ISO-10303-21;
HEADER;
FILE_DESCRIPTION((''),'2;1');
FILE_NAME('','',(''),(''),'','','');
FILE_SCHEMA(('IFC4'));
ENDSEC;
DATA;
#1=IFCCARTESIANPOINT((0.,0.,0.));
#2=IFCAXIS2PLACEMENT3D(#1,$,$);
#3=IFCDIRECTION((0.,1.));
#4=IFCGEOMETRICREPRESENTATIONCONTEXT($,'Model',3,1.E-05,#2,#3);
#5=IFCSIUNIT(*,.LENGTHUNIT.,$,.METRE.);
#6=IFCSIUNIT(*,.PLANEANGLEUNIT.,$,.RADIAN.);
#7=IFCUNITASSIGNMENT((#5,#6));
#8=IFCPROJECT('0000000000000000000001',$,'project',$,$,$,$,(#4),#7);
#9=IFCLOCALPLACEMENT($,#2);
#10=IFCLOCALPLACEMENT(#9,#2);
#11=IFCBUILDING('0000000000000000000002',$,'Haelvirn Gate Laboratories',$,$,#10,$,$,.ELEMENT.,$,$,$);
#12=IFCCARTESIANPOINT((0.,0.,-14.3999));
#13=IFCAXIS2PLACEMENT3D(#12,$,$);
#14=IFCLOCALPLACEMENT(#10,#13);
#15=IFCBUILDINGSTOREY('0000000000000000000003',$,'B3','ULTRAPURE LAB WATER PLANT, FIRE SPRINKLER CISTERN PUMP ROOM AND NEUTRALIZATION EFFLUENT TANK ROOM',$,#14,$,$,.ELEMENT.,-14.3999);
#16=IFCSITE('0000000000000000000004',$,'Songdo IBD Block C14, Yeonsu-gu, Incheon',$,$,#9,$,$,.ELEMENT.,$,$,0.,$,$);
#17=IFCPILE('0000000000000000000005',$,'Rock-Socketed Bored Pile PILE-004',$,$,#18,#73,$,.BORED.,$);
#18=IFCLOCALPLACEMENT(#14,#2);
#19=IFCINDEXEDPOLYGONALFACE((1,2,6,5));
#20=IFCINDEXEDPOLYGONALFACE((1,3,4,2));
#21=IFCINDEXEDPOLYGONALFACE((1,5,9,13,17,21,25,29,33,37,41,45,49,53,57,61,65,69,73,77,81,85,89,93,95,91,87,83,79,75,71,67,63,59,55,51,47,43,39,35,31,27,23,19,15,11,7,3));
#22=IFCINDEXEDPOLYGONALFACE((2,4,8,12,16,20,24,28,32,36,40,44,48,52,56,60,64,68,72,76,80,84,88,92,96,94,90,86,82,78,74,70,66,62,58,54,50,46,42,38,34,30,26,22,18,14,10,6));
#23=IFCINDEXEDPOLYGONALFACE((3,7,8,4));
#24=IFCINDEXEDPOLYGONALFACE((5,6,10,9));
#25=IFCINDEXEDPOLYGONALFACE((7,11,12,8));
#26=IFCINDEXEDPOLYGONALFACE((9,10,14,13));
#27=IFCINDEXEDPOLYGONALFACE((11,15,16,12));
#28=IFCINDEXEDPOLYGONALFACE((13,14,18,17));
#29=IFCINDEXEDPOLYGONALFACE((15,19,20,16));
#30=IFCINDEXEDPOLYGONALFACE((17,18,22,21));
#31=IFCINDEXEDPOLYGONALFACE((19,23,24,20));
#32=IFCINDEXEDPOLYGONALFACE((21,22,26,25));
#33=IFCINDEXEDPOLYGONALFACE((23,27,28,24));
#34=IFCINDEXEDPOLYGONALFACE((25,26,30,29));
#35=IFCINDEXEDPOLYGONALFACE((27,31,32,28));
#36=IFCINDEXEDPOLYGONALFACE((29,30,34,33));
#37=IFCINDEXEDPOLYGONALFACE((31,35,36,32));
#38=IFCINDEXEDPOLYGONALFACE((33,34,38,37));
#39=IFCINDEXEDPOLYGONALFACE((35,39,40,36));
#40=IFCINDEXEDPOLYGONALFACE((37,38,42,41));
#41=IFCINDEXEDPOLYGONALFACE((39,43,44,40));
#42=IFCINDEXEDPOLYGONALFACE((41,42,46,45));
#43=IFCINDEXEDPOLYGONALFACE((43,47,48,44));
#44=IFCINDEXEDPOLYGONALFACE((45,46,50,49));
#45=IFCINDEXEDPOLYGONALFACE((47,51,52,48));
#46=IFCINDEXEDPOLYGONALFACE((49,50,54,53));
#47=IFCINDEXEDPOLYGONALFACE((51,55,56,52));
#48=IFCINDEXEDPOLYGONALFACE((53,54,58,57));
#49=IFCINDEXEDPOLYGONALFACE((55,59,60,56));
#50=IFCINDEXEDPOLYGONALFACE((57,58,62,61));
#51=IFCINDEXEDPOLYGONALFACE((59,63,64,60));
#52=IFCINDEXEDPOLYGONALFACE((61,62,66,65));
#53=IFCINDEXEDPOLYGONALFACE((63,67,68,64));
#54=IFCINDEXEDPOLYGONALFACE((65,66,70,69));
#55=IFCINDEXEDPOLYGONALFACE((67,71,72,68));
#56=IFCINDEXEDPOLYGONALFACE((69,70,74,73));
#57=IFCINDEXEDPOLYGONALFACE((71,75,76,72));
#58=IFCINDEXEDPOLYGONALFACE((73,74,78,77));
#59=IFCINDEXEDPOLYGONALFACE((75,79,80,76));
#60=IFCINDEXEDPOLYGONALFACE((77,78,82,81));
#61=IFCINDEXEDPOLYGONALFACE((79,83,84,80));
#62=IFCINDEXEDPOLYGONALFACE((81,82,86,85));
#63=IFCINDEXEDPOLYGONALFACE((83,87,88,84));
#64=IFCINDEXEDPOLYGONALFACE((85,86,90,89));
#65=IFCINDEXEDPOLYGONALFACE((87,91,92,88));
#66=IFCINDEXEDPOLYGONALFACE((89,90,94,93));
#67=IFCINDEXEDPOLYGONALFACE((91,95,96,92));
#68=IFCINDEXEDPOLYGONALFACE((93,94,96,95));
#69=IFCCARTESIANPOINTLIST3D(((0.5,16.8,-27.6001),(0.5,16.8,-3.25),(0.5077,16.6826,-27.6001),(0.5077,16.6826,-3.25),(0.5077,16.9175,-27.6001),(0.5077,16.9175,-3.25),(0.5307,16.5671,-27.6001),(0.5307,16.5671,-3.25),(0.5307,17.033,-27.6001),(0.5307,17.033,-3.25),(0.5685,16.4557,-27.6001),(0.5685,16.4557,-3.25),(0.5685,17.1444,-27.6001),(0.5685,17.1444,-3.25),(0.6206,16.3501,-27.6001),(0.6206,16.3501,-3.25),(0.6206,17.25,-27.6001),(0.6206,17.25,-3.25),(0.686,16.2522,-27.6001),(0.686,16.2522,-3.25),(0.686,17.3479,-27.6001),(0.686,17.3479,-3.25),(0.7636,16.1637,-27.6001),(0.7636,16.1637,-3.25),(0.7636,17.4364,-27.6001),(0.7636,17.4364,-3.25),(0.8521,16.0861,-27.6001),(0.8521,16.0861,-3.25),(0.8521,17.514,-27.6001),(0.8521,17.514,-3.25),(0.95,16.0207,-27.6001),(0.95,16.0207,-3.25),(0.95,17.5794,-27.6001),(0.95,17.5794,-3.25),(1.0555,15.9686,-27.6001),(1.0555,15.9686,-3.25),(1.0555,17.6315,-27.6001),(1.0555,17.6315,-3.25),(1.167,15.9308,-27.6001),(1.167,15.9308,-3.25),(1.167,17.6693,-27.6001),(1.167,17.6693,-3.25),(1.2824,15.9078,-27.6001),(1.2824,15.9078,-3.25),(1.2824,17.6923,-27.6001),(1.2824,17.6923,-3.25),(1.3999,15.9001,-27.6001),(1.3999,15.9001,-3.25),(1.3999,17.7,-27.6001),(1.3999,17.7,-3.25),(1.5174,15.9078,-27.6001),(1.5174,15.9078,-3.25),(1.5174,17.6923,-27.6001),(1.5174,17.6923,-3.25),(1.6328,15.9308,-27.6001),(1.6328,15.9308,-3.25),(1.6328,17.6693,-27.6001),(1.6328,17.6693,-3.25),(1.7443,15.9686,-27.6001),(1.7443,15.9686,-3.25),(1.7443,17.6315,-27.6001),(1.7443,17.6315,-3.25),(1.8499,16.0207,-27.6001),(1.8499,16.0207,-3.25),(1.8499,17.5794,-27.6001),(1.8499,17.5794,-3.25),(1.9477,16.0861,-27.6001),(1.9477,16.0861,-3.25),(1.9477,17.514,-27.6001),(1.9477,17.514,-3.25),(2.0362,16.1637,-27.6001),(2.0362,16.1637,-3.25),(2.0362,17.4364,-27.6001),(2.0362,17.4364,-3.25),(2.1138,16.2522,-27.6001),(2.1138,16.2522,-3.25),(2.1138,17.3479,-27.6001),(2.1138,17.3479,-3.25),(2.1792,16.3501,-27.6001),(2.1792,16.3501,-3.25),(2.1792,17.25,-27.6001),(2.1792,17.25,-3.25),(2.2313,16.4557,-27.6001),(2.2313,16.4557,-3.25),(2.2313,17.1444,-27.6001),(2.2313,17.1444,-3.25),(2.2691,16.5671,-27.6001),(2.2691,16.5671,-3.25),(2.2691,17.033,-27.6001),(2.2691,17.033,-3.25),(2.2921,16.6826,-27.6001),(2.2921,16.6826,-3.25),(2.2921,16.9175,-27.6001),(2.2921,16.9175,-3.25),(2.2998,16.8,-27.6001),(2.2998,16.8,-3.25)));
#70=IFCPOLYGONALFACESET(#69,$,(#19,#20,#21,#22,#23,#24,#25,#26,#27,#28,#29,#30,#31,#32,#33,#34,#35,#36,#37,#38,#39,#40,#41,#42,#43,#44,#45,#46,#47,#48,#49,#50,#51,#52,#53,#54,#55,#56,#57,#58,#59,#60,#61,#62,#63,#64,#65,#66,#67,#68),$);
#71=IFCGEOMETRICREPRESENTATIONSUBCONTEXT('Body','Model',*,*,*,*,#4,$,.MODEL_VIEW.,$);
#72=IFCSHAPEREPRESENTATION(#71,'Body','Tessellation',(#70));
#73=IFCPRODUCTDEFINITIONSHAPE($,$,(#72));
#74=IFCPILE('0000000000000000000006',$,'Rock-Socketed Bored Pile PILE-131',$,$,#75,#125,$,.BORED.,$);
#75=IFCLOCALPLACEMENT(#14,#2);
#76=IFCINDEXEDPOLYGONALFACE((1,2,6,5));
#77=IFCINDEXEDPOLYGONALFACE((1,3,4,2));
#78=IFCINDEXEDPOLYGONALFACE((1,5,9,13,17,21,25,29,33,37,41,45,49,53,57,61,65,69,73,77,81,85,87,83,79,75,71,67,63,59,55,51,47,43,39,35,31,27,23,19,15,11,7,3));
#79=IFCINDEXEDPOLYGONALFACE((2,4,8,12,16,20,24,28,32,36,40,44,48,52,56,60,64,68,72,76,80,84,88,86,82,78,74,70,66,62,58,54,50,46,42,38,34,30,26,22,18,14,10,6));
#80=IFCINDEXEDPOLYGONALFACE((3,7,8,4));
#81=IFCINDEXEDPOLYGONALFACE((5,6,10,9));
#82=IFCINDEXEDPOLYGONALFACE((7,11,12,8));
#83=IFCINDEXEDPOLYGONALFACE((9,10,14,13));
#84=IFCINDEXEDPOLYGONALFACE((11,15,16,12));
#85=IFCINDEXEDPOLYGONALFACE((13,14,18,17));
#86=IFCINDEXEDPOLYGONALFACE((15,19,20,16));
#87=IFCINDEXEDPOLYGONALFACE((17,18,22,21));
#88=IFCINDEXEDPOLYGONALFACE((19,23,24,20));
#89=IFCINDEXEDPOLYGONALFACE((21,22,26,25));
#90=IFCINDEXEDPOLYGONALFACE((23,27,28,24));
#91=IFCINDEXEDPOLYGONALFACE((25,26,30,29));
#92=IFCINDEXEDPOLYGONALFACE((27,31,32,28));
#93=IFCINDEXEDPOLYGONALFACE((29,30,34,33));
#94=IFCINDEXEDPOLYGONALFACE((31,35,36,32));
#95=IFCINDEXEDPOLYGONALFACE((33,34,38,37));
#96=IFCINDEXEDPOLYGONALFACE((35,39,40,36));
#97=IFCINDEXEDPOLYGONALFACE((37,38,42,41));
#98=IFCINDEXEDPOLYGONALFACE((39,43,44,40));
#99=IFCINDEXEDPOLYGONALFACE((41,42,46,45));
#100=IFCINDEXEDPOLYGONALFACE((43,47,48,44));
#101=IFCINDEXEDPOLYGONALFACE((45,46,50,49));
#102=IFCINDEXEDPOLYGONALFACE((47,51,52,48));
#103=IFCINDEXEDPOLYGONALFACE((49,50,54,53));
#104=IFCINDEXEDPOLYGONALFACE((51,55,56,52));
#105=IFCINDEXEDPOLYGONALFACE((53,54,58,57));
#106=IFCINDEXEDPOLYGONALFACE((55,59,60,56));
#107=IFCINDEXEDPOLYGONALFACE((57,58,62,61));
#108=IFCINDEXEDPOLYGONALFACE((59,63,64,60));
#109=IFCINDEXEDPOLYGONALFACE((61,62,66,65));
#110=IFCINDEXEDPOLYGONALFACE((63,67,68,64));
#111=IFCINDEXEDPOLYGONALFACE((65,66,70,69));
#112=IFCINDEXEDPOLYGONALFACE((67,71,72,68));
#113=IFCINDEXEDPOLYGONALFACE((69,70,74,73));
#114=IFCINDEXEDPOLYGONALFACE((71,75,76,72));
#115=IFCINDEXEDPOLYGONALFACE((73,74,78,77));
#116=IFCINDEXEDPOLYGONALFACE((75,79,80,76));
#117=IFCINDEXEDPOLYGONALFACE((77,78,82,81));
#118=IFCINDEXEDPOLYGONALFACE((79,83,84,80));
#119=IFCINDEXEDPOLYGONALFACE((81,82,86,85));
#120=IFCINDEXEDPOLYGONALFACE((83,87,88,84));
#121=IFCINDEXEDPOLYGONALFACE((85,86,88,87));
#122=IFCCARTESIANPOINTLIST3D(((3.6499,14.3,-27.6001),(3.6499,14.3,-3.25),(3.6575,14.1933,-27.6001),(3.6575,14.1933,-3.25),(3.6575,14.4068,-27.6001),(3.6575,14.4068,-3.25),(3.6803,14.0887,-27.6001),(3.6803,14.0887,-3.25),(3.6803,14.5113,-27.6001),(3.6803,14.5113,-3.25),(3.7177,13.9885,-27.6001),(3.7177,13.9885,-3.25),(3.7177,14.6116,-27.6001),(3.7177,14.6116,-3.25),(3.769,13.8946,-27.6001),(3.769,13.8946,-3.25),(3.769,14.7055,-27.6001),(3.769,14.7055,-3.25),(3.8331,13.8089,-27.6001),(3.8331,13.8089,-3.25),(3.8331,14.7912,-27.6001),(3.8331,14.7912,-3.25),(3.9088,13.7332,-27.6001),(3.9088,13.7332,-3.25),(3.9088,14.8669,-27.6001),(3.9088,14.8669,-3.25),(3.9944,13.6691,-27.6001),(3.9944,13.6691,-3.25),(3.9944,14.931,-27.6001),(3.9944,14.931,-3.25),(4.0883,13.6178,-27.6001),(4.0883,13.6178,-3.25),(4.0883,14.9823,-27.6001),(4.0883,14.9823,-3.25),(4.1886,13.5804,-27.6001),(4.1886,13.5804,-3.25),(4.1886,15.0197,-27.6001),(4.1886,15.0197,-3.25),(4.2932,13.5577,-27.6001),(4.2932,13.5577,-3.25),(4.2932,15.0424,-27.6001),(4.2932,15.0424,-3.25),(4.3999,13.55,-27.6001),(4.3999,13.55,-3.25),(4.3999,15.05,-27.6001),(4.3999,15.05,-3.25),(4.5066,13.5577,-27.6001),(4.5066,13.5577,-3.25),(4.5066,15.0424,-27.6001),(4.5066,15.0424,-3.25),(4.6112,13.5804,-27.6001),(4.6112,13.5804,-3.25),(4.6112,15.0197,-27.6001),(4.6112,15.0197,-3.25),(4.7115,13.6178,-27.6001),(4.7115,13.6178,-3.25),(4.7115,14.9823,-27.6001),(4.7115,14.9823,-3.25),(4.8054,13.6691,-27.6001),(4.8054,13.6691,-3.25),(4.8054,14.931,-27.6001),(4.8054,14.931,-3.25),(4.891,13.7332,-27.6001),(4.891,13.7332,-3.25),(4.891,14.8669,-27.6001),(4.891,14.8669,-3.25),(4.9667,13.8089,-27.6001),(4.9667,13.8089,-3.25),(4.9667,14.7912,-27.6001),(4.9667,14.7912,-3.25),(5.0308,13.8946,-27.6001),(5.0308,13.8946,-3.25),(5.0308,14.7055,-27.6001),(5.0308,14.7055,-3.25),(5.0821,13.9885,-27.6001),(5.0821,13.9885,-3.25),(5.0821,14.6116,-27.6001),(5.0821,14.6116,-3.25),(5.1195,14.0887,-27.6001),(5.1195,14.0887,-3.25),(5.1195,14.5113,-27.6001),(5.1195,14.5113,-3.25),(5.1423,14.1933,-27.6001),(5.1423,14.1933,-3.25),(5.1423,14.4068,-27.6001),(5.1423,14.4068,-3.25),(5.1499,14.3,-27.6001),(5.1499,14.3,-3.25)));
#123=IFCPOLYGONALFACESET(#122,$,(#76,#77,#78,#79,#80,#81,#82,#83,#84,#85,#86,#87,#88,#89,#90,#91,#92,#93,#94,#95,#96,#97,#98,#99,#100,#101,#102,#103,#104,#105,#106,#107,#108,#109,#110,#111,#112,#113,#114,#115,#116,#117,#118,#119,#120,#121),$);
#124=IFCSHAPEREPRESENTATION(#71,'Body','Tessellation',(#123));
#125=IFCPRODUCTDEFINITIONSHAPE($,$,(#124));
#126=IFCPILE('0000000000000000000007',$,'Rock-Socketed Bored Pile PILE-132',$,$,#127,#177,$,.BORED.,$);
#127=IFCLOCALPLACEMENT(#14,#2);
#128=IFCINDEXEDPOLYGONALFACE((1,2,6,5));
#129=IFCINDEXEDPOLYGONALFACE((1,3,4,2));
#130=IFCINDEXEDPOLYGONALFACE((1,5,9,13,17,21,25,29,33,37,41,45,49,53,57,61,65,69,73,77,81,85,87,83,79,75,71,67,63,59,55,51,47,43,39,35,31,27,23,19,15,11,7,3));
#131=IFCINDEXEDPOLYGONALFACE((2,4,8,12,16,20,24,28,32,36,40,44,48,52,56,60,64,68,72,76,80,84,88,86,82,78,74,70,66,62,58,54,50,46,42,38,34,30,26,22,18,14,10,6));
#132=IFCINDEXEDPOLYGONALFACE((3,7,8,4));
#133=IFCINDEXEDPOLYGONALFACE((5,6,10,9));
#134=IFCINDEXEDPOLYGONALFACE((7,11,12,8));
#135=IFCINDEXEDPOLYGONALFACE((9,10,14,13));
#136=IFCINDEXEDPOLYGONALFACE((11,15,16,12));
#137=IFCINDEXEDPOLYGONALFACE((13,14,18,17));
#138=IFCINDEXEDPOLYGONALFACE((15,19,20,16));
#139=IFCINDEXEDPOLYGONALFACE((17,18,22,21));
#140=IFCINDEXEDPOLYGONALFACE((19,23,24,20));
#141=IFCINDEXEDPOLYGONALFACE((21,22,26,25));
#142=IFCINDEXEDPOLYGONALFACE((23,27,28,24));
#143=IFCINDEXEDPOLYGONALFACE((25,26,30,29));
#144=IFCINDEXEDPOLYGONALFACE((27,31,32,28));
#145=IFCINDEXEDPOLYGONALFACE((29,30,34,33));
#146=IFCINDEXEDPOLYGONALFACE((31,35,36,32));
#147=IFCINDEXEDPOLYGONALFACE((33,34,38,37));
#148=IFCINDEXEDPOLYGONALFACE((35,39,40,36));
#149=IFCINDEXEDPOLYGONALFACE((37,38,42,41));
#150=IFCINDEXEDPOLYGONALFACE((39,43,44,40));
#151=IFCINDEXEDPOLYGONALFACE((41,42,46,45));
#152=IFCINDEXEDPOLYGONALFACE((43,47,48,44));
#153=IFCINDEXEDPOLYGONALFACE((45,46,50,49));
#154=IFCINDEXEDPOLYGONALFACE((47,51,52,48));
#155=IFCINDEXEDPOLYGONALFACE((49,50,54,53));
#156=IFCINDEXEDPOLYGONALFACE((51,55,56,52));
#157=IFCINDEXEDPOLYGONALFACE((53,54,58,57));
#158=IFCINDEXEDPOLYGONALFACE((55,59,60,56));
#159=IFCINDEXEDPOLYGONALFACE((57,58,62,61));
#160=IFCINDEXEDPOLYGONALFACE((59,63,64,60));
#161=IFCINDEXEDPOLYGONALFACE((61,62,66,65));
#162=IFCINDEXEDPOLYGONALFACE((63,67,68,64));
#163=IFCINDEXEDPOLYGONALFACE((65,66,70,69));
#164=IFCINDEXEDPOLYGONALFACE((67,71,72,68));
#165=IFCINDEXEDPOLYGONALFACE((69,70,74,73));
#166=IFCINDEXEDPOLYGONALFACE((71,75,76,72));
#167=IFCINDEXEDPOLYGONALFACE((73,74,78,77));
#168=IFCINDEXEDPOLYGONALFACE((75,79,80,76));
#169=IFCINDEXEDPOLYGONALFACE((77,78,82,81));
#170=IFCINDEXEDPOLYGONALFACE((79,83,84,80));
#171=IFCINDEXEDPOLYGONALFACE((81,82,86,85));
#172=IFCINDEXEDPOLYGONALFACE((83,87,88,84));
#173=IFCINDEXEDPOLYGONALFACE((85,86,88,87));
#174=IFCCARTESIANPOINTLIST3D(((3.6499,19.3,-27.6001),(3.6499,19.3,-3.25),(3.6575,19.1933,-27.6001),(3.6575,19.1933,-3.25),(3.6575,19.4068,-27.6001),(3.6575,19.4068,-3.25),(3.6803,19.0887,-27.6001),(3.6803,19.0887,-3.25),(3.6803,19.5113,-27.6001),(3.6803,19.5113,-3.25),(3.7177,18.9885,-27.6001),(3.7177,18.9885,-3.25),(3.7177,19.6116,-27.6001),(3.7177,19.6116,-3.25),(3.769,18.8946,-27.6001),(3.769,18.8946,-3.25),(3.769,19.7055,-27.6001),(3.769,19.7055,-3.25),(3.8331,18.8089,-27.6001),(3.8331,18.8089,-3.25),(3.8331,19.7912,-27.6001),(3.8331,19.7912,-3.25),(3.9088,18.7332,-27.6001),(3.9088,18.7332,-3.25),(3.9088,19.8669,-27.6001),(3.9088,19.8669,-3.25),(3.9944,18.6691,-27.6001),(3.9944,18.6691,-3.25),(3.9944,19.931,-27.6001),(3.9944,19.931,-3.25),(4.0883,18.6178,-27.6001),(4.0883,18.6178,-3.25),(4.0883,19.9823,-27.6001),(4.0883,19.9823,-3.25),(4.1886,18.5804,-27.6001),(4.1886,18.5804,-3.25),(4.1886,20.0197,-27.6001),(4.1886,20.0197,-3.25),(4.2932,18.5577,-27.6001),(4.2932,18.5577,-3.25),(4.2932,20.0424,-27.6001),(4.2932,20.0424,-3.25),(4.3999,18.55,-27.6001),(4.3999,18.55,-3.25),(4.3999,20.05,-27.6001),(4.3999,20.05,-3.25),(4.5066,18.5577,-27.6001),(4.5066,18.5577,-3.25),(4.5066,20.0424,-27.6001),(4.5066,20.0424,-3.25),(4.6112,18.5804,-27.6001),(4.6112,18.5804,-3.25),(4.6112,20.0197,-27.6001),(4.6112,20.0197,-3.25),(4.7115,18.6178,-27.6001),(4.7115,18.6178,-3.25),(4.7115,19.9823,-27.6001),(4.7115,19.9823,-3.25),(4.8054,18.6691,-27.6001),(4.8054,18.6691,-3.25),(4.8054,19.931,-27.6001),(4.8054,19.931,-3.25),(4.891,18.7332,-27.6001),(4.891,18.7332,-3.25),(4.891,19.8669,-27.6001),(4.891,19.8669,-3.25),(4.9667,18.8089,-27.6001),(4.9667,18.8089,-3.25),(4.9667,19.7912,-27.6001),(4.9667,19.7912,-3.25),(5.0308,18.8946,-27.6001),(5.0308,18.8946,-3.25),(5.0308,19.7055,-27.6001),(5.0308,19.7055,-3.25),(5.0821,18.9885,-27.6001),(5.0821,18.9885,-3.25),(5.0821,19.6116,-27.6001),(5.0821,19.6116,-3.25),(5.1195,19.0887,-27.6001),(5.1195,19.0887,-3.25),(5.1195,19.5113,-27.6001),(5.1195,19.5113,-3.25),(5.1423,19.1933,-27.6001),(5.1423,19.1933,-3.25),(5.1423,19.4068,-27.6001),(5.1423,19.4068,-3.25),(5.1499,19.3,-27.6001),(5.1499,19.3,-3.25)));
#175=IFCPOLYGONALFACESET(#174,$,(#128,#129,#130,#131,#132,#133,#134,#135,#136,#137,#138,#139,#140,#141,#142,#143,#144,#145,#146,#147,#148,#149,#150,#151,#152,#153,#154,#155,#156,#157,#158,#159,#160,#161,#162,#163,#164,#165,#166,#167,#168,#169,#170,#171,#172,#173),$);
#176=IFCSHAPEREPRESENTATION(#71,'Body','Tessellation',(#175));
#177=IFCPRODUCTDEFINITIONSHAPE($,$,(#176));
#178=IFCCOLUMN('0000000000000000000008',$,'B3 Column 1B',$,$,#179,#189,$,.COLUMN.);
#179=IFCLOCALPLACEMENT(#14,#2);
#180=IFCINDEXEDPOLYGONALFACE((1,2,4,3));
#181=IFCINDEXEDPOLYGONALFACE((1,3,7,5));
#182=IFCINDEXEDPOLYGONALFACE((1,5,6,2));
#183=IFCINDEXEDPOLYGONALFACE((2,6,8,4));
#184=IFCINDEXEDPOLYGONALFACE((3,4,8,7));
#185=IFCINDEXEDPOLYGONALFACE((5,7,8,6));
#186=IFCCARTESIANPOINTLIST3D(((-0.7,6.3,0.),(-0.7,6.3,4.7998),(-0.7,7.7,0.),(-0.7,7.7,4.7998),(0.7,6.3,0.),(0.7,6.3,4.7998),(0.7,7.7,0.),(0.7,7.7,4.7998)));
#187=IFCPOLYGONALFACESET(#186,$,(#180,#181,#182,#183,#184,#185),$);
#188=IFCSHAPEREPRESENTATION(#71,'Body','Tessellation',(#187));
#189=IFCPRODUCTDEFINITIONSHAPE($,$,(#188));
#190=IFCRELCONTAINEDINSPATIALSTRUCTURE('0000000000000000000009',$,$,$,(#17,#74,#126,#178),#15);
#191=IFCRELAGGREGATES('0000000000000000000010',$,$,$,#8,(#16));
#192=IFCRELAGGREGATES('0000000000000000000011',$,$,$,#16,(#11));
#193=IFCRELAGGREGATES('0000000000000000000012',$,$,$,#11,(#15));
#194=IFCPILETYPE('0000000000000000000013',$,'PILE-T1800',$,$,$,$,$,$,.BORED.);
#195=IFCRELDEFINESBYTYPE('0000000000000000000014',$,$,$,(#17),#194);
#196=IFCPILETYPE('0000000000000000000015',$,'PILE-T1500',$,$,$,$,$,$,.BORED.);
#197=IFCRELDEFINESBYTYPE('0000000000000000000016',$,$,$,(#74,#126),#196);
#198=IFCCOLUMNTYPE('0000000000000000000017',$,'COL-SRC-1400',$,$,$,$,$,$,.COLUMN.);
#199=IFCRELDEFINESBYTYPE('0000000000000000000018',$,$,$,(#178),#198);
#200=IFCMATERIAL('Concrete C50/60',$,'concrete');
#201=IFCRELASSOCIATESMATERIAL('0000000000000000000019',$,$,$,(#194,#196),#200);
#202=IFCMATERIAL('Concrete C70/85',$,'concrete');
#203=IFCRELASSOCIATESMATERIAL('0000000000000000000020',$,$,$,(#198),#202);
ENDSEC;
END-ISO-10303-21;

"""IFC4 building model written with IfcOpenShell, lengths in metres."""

from ifc_helpers import new_model, si_unit, direction, frame, origin, origin_2d, place, context, subcontext, project, spatial, rectangle, circle, extrude, source, transform, mapped, material, material_profile, profile_set, type_object, type_shapes, element, save


model = new_model("IFC4")

# Units and contexts
model_context = context("Model", 3, precision=1e-05, world=origin(), true_north=direction((0.0, 1.0)))
body_context = subcontext(model_context, "Body", "Model", "MODEL_VIEW")
ifc_project = project(units=[si_unit("LENGTHUNIT", "METRE"), si_unit("PLANEANGLEUNIT", "RADIAN")], contexts=[model_context])

# Site, building, storey
site_placement = place(None, origin())
site = spatial("IfcSite", under=ifc_project, at=site_placement, Name="Songdo IBD Block C14, Yeonsu-gu, Incheon", CompositionType="ELEMENT", RefElevation=0.0)
building_placement = place(site_placement, origin())
building = spatial("IfcBuilding", under=site, at=building_placement, Name="Haelvirn Gate Laboratories", CompositionType="ELEMENT")
storey_placement = place(building_placement, frame((0.0, 0.0, -14.3999)))
storey = spatial("IfcBuildingStorey", under=building, at=storey_placement, Name="B3", Description="ULTRAPURE LAB WATER PLANT, FIRE SPRINKLER CISTERN PUMP ROOM AND NEUTRALIZATION EFFLUENT TANK ROOM", CompositionType="ELEMENT", Elevation=-14.3999)

# Piles
ifc_material_1 = material(Name="Concrete C50/60", Category="concrete")
ifc_material_profile_1 = material_profile(ifc_material_1, circle(Radius=0.8999, at=origin_2d()), Name="PILE-D1800")
ifc_profile_set_1 = profile_set([ifc_material_profile_1], Name="Concrete C50/60")
pile_type_1 = type_object("IfcPileType", Name="PILE-T1800", PredefinedType="BORED", material=ifc_profile_set_1)
shared_shape_1 = source(origin(), body_context, "Body", "SweptSolid", [
    extrude(circle(Radius=0.8999, at=origin_2d()), origin(), (0.0, 0.0, 1.0), 24.3501),
])
type_shapes(pile_type_1, [shared_shape_1])
for number, where, z_axis, x_axis, name in (
    (1, (1.3999, 16.8, -3.25), (0.0, 0.0, -1.0), (1.0, 0.0, 0.0), "Rock-Socketed Bored Pile PILE-004"),
):
    element("IfcPile", number, at=place(storey_placement, frame(where, z_axis=z_axis, x_axis=x_axis)), inside=storey, type_object=pile_type_1, Name=name, PredefinedType="BORED", context=body_context, shape_type="MappedRepresentation", body=[
        mapped(shared_shape_1, transform((0.0, 0.0, 0.0), scale=1.0)),
    ])
ifc_material_profile_2 = material_profile(ifc_material_1, circle(Radius=0.75, at=origin_2d()), Name="PILE-D1500")
ifc_profile_set_2 = profile_set([ifc_material_profile_2], Name="Concrete C50/60")
pile_type_2 = type_object("IfcPileType", Name="PILE-T1500", PredefinedType="BORED", material=ifc_profile_set_2)
shared_shape_2 = source(origin(), body_context, "Body", "SweptSolid", [
    extrude(circle(Radius=0.75, at=origin_2d()), origin(), (0.0, 0.0, 1.0), 24.3501),
])
type_shapes(pile_type_2, [shared_shape_2])
for number, where, z_axis, x_axis, name in (
    (2, (4.3999, 14.3, -3.25), (0.0, 0.0, -1.0), (1.0, 0.0, 0.0), "Rock-Socketed Bored Pile PILE-131"),
    (3, (4.3999, 19.3, -3.25), (0.0, 0.0, -1.0), (1.0, 0.0, 0.0), "Rock-Socketed Bored Pile PILE-132"),
):
    element("IfcPile", number, at=place(storey_placement, frame(where, z_axis=z_axis, x_axis=x_axis)), inside=storey, type_object=pile_type_2, Name=name, PredefinedType="BORED", context=body_context, shape_type="MappedRepresentation", body=[
        mapped(shared_shape_2, transform((0.0, 0.0, 0.0), scale=1.0)),
    ])

# Column
ifc_material_2 = material(Name="Concrete C70/85", Category="concrete")
ifc_material_profile_3 = material_profile(ifc_material_2, rectangle(XDim=1.3999, YDim=1.3999, at=origin_2d()), Name="SRC-1400x1400")
ifc_profile_set_3 = profile_set([ifc_material_profile_3], Name="Concrete C70/85")
column_type = type_object("IfcColumnType", Name="COL-SRC-1400", PredefinedType="COLUMN", material=ifc_profile_set_3)
shared_shape_3 = source(origin(), body_context, "Body", "SweptSolid", [
    extrude(rectangle(XDim=1.3999, YDim=1.3999, at=origin_2d()), origin(), (0.0, 0.0, 1.0), 4.7998),
])
type_shapes(column_type, [shared_shape_3])
for number, where, z_axis, x_axis, name in (
    (4, (0.0, 7.0, 0.0), (0.0, 0.0, 1.0), (1.0, 0.0, 0.0), "B3 Column 1B"),
):
    element("IfcColumn", number, at=place(storey_placement, frame(where, z_axis=z_axis, x_axis=x_axis)), inside=storey, type_object=column_type, Name=name, PredefinedType="COLUMN", context=body_context, shape_type="MappedRepresentation", body=[
        mapped(shared_shape_3, transform((0.0, 0.0, 0.0), scale=1.0)),
    ])

save(model, "model.ifc")
